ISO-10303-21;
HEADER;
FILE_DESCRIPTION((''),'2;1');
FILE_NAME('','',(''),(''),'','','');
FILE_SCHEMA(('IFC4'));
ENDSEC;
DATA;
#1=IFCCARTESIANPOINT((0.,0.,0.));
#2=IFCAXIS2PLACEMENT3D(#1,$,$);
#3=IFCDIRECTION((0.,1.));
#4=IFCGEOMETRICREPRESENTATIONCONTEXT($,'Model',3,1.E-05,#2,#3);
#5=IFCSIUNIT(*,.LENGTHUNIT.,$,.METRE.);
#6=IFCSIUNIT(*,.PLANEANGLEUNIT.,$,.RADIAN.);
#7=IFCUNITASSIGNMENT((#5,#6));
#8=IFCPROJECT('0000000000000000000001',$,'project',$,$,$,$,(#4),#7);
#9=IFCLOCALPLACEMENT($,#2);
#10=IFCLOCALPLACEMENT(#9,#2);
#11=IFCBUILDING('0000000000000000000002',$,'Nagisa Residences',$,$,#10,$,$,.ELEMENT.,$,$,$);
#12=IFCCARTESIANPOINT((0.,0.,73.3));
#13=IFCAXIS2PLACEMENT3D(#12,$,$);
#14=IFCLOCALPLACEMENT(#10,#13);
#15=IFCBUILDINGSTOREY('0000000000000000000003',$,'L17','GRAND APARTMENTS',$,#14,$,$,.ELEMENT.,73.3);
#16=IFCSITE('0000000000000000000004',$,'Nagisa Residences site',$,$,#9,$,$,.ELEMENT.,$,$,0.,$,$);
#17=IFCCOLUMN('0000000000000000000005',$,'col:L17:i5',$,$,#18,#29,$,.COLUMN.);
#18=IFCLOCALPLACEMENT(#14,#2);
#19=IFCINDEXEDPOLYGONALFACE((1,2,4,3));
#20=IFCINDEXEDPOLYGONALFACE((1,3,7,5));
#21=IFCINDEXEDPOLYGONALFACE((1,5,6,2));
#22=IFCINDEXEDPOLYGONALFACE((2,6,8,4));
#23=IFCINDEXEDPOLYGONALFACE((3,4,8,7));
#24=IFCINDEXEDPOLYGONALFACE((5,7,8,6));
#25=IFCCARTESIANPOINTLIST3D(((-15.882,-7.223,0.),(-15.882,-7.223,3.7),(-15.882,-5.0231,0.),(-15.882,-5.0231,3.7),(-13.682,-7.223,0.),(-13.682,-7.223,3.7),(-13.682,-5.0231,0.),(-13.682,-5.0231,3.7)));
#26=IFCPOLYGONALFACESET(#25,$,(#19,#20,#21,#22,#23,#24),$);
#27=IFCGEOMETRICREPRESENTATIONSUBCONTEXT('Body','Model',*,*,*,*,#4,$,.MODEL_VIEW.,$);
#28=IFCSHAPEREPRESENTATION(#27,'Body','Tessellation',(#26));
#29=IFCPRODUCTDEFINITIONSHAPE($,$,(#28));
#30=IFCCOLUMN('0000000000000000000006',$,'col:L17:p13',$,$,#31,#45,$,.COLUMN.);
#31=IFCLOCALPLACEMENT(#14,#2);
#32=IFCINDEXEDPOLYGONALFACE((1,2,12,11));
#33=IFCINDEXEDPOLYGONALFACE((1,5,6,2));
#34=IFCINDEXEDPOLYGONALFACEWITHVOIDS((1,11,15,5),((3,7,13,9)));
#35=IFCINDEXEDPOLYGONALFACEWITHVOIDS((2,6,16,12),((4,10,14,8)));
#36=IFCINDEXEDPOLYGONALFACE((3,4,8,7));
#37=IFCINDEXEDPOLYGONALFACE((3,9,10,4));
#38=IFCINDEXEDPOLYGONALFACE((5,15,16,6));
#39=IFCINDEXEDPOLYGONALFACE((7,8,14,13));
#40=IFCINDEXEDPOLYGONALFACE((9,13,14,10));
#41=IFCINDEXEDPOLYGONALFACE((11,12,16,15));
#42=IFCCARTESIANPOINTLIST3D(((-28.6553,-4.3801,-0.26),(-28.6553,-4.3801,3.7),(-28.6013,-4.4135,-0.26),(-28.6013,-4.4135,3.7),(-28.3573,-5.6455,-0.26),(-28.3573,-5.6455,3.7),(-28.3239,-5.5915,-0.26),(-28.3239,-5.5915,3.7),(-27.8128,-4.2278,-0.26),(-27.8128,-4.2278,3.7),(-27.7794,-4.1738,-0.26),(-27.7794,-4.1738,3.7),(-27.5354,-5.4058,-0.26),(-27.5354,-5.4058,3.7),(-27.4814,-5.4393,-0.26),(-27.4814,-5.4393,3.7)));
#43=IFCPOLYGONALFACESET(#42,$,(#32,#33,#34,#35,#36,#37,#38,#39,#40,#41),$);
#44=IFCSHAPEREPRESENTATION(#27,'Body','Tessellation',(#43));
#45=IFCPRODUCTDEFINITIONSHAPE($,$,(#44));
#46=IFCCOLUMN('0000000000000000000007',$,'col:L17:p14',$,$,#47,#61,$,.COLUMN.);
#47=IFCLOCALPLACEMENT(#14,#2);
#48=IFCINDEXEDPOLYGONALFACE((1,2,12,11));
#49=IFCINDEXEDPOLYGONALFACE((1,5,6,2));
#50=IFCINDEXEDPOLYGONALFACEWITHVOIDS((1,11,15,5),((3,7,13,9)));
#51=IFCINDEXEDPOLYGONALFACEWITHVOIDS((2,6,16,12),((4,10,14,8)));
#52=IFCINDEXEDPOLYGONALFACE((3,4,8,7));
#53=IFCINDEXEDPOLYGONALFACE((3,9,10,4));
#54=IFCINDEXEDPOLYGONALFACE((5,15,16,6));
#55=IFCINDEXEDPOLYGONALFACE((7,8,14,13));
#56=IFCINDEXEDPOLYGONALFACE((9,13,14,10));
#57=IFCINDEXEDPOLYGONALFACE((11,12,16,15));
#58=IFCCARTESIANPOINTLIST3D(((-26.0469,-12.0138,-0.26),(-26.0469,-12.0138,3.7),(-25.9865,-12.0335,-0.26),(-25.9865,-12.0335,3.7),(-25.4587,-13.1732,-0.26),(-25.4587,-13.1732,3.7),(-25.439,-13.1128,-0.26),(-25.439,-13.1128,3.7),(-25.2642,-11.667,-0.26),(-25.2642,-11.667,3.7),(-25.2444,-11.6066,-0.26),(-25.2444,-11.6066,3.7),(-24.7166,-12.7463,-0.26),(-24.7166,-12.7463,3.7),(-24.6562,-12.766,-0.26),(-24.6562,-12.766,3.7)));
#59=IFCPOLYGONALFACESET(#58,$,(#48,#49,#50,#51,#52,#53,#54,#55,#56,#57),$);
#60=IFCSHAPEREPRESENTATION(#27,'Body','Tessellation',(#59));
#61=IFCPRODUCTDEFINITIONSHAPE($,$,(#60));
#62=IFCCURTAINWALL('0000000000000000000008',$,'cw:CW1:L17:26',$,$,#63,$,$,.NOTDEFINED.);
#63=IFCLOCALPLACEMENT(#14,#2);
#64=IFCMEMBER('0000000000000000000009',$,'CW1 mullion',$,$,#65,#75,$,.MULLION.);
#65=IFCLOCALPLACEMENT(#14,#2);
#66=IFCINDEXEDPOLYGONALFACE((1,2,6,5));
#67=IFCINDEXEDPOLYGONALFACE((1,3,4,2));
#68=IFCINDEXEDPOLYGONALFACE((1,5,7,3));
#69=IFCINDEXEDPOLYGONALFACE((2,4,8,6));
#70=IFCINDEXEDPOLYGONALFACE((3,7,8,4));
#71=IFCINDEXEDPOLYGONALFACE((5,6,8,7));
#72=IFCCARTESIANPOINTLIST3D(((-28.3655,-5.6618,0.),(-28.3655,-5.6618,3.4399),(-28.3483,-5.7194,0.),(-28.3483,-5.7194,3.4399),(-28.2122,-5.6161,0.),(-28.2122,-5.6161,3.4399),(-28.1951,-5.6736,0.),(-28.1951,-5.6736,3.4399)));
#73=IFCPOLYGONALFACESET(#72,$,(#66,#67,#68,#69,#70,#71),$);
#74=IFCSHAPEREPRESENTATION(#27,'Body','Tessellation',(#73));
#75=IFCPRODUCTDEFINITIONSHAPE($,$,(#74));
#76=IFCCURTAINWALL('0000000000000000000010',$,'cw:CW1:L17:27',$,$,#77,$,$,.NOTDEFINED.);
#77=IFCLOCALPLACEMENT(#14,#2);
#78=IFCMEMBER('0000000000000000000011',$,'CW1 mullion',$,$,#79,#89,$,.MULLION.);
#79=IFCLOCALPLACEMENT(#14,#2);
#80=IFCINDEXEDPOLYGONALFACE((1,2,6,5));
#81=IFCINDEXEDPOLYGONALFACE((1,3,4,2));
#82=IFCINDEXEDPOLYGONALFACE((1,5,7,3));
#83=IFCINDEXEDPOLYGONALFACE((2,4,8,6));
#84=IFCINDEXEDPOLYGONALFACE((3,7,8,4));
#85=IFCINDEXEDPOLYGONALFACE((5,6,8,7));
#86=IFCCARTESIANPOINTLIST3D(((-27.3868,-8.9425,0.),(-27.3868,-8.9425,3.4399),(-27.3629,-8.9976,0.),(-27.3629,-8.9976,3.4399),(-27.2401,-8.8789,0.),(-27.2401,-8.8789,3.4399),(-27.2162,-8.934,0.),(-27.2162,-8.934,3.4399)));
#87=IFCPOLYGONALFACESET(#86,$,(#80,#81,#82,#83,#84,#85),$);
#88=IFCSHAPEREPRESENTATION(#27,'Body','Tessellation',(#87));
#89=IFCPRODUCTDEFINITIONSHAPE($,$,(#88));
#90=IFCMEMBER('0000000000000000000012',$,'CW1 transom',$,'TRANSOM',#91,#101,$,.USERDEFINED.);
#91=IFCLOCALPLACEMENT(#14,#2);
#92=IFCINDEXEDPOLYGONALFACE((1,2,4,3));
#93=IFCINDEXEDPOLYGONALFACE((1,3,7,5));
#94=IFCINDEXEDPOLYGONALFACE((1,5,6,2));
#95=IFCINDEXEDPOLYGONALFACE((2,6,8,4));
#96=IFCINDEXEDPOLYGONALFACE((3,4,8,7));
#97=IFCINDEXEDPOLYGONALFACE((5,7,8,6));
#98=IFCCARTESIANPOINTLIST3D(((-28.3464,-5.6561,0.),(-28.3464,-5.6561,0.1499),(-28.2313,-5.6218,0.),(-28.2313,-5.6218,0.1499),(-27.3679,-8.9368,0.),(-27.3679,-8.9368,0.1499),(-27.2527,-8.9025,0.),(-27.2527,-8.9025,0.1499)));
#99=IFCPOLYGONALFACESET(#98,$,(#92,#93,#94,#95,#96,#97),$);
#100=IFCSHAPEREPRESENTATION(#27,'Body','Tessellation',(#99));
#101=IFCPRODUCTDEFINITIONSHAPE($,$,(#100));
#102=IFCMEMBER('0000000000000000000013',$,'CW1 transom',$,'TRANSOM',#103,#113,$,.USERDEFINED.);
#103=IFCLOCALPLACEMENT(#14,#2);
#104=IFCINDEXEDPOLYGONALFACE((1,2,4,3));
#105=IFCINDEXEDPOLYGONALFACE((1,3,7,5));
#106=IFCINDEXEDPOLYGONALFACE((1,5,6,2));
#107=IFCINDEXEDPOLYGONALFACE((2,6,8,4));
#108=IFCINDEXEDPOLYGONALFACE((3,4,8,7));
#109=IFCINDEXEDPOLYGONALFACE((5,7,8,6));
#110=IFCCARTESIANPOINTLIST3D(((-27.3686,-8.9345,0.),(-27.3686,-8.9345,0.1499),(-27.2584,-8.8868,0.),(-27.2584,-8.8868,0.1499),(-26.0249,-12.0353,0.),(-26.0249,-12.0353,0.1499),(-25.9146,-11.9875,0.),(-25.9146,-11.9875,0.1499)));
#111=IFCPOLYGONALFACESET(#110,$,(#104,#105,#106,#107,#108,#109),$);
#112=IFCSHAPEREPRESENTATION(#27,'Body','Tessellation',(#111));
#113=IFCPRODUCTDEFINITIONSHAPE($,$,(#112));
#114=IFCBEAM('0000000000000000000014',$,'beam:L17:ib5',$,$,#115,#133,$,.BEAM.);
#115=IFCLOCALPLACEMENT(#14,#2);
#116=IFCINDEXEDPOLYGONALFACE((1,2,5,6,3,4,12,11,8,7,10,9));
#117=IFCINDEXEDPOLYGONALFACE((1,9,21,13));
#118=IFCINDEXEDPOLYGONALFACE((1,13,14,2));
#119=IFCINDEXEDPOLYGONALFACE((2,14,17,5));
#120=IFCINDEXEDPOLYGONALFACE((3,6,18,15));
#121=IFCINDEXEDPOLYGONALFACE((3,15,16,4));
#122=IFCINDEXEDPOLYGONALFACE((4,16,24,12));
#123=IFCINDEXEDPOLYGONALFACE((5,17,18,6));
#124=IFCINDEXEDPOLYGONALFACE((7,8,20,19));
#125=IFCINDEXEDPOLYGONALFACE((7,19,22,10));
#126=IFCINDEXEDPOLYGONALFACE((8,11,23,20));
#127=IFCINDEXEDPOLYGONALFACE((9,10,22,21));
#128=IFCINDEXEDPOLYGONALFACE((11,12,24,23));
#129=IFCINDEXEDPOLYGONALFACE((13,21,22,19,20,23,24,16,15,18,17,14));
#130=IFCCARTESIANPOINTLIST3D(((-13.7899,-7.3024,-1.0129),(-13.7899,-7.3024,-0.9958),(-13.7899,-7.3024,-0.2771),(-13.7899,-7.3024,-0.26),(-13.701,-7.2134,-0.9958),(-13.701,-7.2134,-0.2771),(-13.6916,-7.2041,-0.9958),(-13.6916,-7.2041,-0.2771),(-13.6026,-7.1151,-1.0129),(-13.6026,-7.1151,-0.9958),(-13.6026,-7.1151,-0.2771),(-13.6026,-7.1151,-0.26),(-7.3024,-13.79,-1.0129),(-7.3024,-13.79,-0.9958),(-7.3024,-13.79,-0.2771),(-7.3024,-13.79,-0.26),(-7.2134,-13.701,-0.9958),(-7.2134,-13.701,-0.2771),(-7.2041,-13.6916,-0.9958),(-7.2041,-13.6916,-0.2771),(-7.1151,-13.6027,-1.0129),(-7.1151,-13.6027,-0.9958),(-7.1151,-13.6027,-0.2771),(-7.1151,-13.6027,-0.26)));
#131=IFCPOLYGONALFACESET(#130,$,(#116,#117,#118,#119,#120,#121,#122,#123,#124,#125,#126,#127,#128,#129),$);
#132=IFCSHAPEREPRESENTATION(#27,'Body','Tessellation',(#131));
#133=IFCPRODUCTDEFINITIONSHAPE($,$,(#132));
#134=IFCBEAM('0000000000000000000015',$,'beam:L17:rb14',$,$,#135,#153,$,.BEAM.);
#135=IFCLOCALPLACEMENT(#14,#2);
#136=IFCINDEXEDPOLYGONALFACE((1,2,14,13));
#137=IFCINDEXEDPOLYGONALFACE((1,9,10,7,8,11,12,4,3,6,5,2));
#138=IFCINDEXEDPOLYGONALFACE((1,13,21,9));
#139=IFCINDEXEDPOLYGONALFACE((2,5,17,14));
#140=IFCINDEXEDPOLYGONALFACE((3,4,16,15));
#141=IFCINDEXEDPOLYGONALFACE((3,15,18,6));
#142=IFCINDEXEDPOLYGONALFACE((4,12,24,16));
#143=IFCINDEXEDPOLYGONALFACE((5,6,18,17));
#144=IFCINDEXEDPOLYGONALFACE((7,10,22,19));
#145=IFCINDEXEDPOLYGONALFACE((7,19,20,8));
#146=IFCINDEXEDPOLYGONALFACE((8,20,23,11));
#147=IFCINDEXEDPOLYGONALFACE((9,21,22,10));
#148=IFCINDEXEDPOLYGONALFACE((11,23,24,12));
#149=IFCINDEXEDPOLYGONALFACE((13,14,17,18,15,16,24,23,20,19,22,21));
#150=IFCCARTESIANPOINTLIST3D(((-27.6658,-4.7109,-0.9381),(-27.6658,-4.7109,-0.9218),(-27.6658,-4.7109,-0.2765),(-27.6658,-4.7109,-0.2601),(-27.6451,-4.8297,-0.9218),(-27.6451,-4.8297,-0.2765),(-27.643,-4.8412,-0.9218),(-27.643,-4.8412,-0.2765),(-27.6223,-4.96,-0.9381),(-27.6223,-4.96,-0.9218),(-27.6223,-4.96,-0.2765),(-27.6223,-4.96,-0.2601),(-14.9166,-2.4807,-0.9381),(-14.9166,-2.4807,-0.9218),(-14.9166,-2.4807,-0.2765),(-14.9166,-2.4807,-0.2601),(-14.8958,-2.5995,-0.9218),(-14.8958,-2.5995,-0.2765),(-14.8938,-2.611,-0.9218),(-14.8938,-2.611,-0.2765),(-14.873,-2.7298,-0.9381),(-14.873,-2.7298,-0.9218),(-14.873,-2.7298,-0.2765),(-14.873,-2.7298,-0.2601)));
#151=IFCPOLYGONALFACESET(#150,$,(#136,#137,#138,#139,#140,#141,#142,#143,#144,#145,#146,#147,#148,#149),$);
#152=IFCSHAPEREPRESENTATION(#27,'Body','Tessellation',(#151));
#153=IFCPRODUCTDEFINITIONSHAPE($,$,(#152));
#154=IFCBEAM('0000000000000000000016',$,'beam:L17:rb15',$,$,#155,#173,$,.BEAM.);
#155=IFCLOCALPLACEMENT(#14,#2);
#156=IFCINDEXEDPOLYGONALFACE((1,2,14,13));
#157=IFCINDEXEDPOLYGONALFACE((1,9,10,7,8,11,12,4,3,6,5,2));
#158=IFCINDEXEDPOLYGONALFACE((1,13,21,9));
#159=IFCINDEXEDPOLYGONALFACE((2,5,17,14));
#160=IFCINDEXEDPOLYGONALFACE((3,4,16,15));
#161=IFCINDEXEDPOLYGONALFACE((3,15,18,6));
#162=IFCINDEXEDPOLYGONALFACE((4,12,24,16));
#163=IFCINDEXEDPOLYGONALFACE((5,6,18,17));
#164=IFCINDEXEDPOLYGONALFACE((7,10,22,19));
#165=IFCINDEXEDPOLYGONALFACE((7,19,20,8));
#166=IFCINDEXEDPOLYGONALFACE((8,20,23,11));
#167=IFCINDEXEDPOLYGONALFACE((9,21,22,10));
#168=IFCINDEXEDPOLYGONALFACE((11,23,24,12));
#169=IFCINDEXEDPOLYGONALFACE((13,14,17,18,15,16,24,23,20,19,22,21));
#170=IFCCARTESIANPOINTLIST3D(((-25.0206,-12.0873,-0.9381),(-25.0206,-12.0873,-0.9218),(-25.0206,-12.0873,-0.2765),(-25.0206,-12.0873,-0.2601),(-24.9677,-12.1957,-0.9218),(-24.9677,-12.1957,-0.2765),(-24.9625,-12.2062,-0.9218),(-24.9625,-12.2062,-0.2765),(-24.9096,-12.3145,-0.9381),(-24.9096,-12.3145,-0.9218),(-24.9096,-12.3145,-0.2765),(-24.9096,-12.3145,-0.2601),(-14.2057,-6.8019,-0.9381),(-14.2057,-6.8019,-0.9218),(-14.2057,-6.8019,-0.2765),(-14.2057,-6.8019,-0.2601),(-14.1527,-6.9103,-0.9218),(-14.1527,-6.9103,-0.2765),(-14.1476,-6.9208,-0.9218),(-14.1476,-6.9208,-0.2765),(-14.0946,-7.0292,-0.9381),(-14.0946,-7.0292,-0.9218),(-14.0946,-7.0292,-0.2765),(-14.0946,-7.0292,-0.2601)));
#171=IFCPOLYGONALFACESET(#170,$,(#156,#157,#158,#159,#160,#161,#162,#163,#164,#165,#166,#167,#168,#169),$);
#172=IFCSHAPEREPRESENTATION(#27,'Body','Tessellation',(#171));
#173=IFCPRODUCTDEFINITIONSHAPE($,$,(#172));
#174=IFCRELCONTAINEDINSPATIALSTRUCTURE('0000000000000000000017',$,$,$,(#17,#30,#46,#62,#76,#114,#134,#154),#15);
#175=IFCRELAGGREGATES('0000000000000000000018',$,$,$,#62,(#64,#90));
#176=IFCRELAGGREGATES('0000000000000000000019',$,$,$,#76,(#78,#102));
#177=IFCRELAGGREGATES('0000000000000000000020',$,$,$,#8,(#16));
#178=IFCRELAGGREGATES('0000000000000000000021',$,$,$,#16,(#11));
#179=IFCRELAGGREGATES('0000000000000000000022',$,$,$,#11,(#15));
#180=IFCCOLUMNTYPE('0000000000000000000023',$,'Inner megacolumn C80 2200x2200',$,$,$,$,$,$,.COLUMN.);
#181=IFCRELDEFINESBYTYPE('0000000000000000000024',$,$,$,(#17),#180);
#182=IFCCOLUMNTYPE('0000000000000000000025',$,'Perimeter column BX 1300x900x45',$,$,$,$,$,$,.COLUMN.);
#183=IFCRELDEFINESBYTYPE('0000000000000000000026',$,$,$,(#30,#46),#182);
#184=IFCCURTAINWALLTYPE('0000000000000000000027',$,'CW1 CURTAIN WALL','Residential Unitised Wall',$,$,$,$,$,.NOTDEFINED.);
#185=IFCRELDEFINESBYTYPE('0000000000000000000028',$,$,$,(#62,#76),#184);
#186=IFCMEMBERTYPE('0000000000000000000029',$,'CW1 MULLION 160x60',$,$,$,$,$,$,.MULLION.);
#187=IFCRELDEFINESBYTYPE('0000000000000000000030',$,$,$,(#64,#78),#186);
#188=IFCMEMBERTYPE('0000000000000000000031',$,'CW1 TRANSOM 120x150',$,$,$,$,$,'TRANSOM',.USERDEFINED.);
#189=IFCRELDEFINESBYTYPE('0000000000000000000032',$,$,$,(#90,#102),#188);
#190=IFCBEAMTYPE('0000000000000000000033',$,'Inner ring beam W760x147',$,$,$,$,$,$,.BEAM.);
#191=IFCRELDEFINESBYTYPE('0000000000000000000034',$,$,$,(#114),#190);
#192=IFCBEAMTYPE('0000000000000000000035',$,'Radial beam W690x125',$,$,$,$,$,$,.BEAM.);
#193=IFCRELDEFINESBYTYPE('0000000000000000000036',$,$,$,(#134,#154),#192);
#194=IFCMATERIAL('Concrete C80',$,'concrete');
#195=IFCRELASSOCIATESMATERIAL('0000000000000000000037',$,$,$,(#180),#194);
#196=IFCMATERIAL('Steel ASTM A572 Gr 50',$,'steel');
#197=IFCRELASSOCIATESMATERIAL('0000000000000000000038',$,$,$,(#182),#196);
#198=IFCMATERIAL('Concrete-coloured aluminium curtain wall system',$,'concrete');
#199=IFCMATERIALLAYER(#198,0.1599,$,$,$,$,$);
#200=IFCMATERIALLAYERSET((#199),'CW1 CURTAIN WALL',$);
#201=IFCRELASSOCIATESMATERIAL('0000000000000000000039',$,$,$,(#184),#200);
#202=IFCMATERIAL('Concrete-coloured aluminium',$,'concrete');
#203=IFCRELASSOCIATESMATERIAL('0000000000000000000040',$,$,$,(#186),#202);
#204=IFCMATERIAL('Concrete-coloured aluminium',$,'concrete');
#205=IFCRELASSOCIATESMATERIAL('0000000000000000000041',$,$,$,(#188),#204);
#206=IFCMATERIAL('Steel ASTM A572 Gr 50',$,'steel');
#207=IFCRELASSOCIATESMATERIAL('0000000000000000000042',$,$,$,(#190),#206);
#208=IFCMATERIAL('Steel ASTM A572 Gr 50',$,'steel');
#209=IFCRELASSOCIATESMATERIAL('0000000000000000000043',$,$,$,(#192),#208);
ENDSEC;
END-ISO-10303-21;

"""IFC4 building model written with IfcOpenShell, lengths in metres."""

from ifc_helpers import new_model, si_unit, direction, frame, origin, origin_2d, place, context, subcontext, project, spatial, rectangle, hollow_rectangle, i_section, extrude, material, layer, layer_set, material_profile, profile_set, type_object, element, aggregate, save


model = new_model("IFC4")

# Units and contexts
model_context = context("Model", 3, precision=1e-05, world=origin(), true_north=direction((0.0, 1.0)))
body_context = subcontext(model_context, "Body", "Model", "MODEL_VIEW")
ifc_project = project(units=[si_unit("LENGTHUNIT", "METRE"), si_unit("PLANEANGLEUNIT", "RADIAN")], contexts=[model_context])

# Site, building, storey
site_placement = place(None, origin())
site = spatial("IfcSite", under=ifc_project, at=site_placement, Name="Nagisa Residences site", CompositionType="ELEMENT", RefElevation=0.0)
building_placement = place(site_placement, origin())
building = spatial("IfcBuilding", under=site, at=building_placement, Name="Nagisa Residences", CompositionType="ELEMENT")
storey_placement = place(building_placement, frame((0.0, 0.0, 73.3)))
storey = spatial("IfcBuildingStorey", under=building, at=storey_placement, Name="L17", Description="GRAND APARTMENTS", CompositionType="ELEMENT", Elevation=73.3)

# Columns
ifc_material_1 = material(Name="Concrete C80", Category="concrete")
ifc_material_profile_1 = material_profile(ifc_material_1, rectangle(XDim=2.2, YDim=2.2, at=origin_2d()), Name="C80 2200x2200")
ifc_profile_set_1 = profile_set([ifc_material_profile_1], Name="Concrete C80")
column_type_1 = type_object("IfcColumnType", Name="Inner megacolumn C80 2200x2200", PredefinedType="COLUMN", material=ifc_profile_set_1)
column_placement = place(storey_placement, frame((-14.782, -6.123, 0.0), z_axis=(0.0, 0.0, 1.0), x_axis=(1.0, 0.0, 0.0)))
element("IfcColumn", 1, at=column_placement, inside=storey, type_object=column_type_1, Name="col:L17:i5", PredefinedType="COLUMN", context=body_context, shape_type="SweptSolid", body=[
    extrude(rectangle(XDim=2.2, YDim=2.2, at=origin_2d()), origin(), (0.0, 0.0, 1.0), 3.7),
])
ifc_material_2 = material(Name="Steel ASTM A572 Gr 50", Category="steel")
ifc_material_profile_2 = material_profile(ifc_material_2, hollow_rectangle(XDim=1.3, YDim=0.8999, WallThickness=0.0449, at=origin_2d()), Name="BX 1300x900x45")
ifc_profile_set_2 = profile_set([ifc_material_profile_2], Name="Steel ASTM A572 Gr 50")
column_type_2 = type_object("IfcColumnType", Name="Perimeter column BX 1300x900x45", PredefinedType="COLUMN", material=ifc_profile_set_2)
for number, where, z_axis, x_axis, name in (
    (2, (-28.0684, -4.9097, -0.26), (0.0, 0.0, 1.0), (0.229202, -0.973379, 0.0), "col:L17:p13"),
    (3, (-25.3516, -12.3899, -0.26), (0.0, 0.0, 1.0), (0.452463, -0.891783, 0.0), "col:L17:p14"),
):
    element("IfcColumn", number, at=place(storey_placement, frame(where, z_axis=z_axis, x_axis=x_axis)), inside=storey, type_object=column_type_2, Name=name, PredefinedType="COLUMN", context=body_context, shape_type="SweptSolid", body=[
        extrude(hollow_rectangle(XDim=1.3, YDim=0.8999, WallThickness=0.0449, at=origin_2d()), origin(), (0.0, 0.0, 1.0), 3.96),
    ])

# Curtain walls, members
ifc_material_3 = material(Name="Concrete-coloured aluminium curtain wall system", Category="concrete")
ifc_layer_1 = layer(ifc_material_3, 0.1599)
ifc_layer_set_1 = layer_set([ifc_layer_1], Name="CW1 CURTAIN WALL")
curtain_wall_type = type_object("IfcCurtainWallType", Name="CW1 CURTAIN WALL", Description="Residential Unitised Wall", PredefinedType="NOTDEFINED", material=ifc_layer_set_1)
curtain_wall_1_placement = place(storey_placement, origin())
curtain_wall_1 = element("IfcCurtainWall", 4, at=curtain_wall_1_placement, inside=storey, type_object=curtain_wall_type, Name="cw:CW1:L17:26", PredefinedType="NOTDEFINED")
ifc_material_4 = material(Name="Concrete-coloured aluminium", Category="concrete")
ifc_material_profile_3 = material_profile(ifc_material_4, rectangle(XDim=0.1599, YDim=0.0601, at=origin_2d()), Name="CW1 MULLION 160x60")
ifc_profile_set_3 = profile_set([ifc_material_profile_3], Name="Concrete-coloured aluminium")
member_type_1 = type_object("IfcMemberType", Name="CW1 MULLION 160x60", PredefinedType="MULLION", material=ifc_profile_set_3)
member_1_placement = place(storey_placement, frame((-28.2803, -5.6677, 0.0), z_axis=(0.0, 0.0, 1.0), x_axis=(0.958271, 0.28586, 0.0)))
member_1 = element("IfcMember", 5, at=member_1_placement, type_object=member_type_1, Name="CW1 mullion", PredefinedType="MULLION", context=body_context, shape_type="SweptSolid", body=[
    extrude(rectangle(XDim=0.1599, YDim=0.0601, at=origin_2d()), origin(), (0.0, 0.0, 1.0), 3.4399),
])
curtain_wall_2_placement = place(storey_placement, origin())
curtain_wall_2 = element("IfcCurtainWall", 6, at=curtain_wall_2_placement, inside=storey, type_object=curtain_wall_type, Name="cw:CW1:L17:27", PredefinedType="NOTDEFINED")
member_2_placement = place(storey_placement, frame((-27.3015, -8.9382, 0.0), z_axis=(0.0, 0.0, 1.0), x_axis=(0.917543, 0.397636, 0.0)))
member_2 = element("IfcMember", 7, at=member_2_placement, type_object=member_type_1, Name="CW1 mullion", PredefinedType="MULLION", context=body_context, shape_type="SweptSolid", body=[
    extrude(rectangle(XDim=0.1599, YDim=0.0601, at=origin_2d()), origin(), (0.0, 0.0, 1.0), 3.4399),
])

# Members
ifc_material_5 = material(Name="Concrete-coloured aluminium", Category="concrete")
ifc_material_profile_4 = material_profile(ifc_material_5, rectangle(XDim=0.1201, YDim=0.1499, at=origin_2d()), Name="CW1 TRANSOM 120x150")
ifc_profile_set_4 = profile_set([ifc_material_profile_4], Name="Concrete-coloured aluminium")
member_type_2 = type_object("IfcMemberType", Name="CW1 TRANSOM 120x150", ElementType="TRANSOM", PredefinedType="USERDEFINED", material=ifc_profile_set_4)
member_3_placement = place(storey_placement, frame((-28.2888, -5.6389, 0.075), z_axis=(0.285817, -0.958284, 0.0), x_axis=(0.958284, 0.285817, 0.0)))
member_3 = element("IfcMember", 8, at=member_3_placement, type_object=member_type_2, Name="CW1 transom", ObjectType="TRANSOM", PredefinedType="USERDEFINED", context=body_context, shape_type="SweptSolid", body=[
    extrude(rectangle(XDim=0.1201, YDim=0.1499, at=origin_2d()), origin(), (0.0, 0.0, 1.0), 3.4236),
])
member_4_placement = place(storey_placement, frame((-27.3135, -8.9106, 0.075), z_axis=(0.397622, -0.917549, 0.0), x_axis=(0.917549, 0.397622, 0.0)))
member_4 = element("IfcMember", 9, at=member_4_placement, type_object=member_type_2, Name="CW1 transom", ObjectType="TRANSOM", PredefinedType="USERDEFINED", context=body_context, shape_type="SweptSolid", body=[
    extrude(rectangle(XDim=0.1201, YDim=0.1499, at=origin_2d()), origin(), (0.0, 0.0, 1.0), 3.3794),
])

# Beams
ifc_material_6 = material(Name="Steel ASTM A572 Gr 50", Category="steel")
ifc_material_profile_5 = material_profile(ifc_material_6, i_section(OverallWidth=0.2649, OverallDepth=0.7529, WebThickness=0.0132, FlangeThickness=0.0171, at=origin_2d()), Name="W760x147")
ifc_profile_set_5 = profile_set([ifc_material_profile_5], Name="Steel ASTM A572 Gr 50")
beam_type_1 = type_object("IfcBeamType", Name="Inner ring beam W760x147", PredefinedType="BEAM", material=ifc_profile_set_5)
beam_1_placement = place(storey_placement, frame((-13.6963, -7.2087, -0.6365), z_axis=(0.707107, -0.707107, 0.0), x_axis=(0.707107, 0.707107, 0.0)))
element("IfcBeam", 10, at=beam_1_placement, inside=storey, type_object=beam_type_1, Name="beam:L17:ib5", PredefinedType="BEAM", context=body_context, shape_type="SweptSolid", body=[
    extrude(i_section(OverallWidth=0.2649, OverallDepth=0.7529, WebThickness=0.0132, FlangeThickness=0.0171, at=origin_2d()), origin(), (0.0, 0.0, 1.0), 9.1748),
])
ifc_material_7 = material(Name="Steel ASTM A572 Gr 50", Category="steel")
ifc_material_profile_6 = material_profile(ifc_material_7, i_section(OverallWidth=0.2529, OverallDepth=0.678, WebThickness=0.0117, FlangeThickness=0.0164, at=origin_2d()), Name="W690x125")
ifc_profile_set_6 = profile_set([ifc_material_profile_6], Name="Steel ASTM A572 Gr 50")
beam_type_2 = type_object("IfcBeamType", Name="Radial beam W690x125", PredefinedType="BEAM", material=ifc_profile_set_6)
beam_2_placement = place(storey_placement, frame((-27.644, -4.8354, -0.5991), z_axis=(0.985042, 0.172313, 0.0), x_axis=(-0.172313, 0.985042, 0.0)))
element("IfcBeam", 11, at=beam_2_placement, inside=storey, type_object=beam_type_2, Name="beam:L17:rb14", PredefinedType="BEAM", context=body_context, shape_type="SweptSolid", body=[
    extrude(i_section(OverallWidth=0.2529, OverallDepth=0.678, WebThickness=0.0117, FlangeThickness=0.0164, at=origin_2d()), origin(), (0.0, 0.0, 1.0), 12.9429),
])
beam_3_placement = place(storey_placement, frame((-24.9651, -12.2009, -0.5991), z_axis=(0.898447, 0.439082, 0.0), x_axis=(-0.439082, 0.898447, 0.0)))
element("IfcBeam", 12, at=beam_3_placement, inside=storey, type_object=beam_type_2, Name="beam:L17:rb15", PredefinedType="BEAM", context=body_context, shape_type="SweptSolid", body=[
    extrude(i_section(OverallWidth=0.2529, OverallDepth=0.678, WebThickness=0.0117, FlangeThickness=0.0164, at=origin_2d()), origin(), (0.0, 0.0, 1.0), 12.0374),
])

aggregate(curtain_wall_1, [member_1, member_3])
aggregate(curtain_wall_2, [member_2, member_4])

save(model, "model.ifc")
